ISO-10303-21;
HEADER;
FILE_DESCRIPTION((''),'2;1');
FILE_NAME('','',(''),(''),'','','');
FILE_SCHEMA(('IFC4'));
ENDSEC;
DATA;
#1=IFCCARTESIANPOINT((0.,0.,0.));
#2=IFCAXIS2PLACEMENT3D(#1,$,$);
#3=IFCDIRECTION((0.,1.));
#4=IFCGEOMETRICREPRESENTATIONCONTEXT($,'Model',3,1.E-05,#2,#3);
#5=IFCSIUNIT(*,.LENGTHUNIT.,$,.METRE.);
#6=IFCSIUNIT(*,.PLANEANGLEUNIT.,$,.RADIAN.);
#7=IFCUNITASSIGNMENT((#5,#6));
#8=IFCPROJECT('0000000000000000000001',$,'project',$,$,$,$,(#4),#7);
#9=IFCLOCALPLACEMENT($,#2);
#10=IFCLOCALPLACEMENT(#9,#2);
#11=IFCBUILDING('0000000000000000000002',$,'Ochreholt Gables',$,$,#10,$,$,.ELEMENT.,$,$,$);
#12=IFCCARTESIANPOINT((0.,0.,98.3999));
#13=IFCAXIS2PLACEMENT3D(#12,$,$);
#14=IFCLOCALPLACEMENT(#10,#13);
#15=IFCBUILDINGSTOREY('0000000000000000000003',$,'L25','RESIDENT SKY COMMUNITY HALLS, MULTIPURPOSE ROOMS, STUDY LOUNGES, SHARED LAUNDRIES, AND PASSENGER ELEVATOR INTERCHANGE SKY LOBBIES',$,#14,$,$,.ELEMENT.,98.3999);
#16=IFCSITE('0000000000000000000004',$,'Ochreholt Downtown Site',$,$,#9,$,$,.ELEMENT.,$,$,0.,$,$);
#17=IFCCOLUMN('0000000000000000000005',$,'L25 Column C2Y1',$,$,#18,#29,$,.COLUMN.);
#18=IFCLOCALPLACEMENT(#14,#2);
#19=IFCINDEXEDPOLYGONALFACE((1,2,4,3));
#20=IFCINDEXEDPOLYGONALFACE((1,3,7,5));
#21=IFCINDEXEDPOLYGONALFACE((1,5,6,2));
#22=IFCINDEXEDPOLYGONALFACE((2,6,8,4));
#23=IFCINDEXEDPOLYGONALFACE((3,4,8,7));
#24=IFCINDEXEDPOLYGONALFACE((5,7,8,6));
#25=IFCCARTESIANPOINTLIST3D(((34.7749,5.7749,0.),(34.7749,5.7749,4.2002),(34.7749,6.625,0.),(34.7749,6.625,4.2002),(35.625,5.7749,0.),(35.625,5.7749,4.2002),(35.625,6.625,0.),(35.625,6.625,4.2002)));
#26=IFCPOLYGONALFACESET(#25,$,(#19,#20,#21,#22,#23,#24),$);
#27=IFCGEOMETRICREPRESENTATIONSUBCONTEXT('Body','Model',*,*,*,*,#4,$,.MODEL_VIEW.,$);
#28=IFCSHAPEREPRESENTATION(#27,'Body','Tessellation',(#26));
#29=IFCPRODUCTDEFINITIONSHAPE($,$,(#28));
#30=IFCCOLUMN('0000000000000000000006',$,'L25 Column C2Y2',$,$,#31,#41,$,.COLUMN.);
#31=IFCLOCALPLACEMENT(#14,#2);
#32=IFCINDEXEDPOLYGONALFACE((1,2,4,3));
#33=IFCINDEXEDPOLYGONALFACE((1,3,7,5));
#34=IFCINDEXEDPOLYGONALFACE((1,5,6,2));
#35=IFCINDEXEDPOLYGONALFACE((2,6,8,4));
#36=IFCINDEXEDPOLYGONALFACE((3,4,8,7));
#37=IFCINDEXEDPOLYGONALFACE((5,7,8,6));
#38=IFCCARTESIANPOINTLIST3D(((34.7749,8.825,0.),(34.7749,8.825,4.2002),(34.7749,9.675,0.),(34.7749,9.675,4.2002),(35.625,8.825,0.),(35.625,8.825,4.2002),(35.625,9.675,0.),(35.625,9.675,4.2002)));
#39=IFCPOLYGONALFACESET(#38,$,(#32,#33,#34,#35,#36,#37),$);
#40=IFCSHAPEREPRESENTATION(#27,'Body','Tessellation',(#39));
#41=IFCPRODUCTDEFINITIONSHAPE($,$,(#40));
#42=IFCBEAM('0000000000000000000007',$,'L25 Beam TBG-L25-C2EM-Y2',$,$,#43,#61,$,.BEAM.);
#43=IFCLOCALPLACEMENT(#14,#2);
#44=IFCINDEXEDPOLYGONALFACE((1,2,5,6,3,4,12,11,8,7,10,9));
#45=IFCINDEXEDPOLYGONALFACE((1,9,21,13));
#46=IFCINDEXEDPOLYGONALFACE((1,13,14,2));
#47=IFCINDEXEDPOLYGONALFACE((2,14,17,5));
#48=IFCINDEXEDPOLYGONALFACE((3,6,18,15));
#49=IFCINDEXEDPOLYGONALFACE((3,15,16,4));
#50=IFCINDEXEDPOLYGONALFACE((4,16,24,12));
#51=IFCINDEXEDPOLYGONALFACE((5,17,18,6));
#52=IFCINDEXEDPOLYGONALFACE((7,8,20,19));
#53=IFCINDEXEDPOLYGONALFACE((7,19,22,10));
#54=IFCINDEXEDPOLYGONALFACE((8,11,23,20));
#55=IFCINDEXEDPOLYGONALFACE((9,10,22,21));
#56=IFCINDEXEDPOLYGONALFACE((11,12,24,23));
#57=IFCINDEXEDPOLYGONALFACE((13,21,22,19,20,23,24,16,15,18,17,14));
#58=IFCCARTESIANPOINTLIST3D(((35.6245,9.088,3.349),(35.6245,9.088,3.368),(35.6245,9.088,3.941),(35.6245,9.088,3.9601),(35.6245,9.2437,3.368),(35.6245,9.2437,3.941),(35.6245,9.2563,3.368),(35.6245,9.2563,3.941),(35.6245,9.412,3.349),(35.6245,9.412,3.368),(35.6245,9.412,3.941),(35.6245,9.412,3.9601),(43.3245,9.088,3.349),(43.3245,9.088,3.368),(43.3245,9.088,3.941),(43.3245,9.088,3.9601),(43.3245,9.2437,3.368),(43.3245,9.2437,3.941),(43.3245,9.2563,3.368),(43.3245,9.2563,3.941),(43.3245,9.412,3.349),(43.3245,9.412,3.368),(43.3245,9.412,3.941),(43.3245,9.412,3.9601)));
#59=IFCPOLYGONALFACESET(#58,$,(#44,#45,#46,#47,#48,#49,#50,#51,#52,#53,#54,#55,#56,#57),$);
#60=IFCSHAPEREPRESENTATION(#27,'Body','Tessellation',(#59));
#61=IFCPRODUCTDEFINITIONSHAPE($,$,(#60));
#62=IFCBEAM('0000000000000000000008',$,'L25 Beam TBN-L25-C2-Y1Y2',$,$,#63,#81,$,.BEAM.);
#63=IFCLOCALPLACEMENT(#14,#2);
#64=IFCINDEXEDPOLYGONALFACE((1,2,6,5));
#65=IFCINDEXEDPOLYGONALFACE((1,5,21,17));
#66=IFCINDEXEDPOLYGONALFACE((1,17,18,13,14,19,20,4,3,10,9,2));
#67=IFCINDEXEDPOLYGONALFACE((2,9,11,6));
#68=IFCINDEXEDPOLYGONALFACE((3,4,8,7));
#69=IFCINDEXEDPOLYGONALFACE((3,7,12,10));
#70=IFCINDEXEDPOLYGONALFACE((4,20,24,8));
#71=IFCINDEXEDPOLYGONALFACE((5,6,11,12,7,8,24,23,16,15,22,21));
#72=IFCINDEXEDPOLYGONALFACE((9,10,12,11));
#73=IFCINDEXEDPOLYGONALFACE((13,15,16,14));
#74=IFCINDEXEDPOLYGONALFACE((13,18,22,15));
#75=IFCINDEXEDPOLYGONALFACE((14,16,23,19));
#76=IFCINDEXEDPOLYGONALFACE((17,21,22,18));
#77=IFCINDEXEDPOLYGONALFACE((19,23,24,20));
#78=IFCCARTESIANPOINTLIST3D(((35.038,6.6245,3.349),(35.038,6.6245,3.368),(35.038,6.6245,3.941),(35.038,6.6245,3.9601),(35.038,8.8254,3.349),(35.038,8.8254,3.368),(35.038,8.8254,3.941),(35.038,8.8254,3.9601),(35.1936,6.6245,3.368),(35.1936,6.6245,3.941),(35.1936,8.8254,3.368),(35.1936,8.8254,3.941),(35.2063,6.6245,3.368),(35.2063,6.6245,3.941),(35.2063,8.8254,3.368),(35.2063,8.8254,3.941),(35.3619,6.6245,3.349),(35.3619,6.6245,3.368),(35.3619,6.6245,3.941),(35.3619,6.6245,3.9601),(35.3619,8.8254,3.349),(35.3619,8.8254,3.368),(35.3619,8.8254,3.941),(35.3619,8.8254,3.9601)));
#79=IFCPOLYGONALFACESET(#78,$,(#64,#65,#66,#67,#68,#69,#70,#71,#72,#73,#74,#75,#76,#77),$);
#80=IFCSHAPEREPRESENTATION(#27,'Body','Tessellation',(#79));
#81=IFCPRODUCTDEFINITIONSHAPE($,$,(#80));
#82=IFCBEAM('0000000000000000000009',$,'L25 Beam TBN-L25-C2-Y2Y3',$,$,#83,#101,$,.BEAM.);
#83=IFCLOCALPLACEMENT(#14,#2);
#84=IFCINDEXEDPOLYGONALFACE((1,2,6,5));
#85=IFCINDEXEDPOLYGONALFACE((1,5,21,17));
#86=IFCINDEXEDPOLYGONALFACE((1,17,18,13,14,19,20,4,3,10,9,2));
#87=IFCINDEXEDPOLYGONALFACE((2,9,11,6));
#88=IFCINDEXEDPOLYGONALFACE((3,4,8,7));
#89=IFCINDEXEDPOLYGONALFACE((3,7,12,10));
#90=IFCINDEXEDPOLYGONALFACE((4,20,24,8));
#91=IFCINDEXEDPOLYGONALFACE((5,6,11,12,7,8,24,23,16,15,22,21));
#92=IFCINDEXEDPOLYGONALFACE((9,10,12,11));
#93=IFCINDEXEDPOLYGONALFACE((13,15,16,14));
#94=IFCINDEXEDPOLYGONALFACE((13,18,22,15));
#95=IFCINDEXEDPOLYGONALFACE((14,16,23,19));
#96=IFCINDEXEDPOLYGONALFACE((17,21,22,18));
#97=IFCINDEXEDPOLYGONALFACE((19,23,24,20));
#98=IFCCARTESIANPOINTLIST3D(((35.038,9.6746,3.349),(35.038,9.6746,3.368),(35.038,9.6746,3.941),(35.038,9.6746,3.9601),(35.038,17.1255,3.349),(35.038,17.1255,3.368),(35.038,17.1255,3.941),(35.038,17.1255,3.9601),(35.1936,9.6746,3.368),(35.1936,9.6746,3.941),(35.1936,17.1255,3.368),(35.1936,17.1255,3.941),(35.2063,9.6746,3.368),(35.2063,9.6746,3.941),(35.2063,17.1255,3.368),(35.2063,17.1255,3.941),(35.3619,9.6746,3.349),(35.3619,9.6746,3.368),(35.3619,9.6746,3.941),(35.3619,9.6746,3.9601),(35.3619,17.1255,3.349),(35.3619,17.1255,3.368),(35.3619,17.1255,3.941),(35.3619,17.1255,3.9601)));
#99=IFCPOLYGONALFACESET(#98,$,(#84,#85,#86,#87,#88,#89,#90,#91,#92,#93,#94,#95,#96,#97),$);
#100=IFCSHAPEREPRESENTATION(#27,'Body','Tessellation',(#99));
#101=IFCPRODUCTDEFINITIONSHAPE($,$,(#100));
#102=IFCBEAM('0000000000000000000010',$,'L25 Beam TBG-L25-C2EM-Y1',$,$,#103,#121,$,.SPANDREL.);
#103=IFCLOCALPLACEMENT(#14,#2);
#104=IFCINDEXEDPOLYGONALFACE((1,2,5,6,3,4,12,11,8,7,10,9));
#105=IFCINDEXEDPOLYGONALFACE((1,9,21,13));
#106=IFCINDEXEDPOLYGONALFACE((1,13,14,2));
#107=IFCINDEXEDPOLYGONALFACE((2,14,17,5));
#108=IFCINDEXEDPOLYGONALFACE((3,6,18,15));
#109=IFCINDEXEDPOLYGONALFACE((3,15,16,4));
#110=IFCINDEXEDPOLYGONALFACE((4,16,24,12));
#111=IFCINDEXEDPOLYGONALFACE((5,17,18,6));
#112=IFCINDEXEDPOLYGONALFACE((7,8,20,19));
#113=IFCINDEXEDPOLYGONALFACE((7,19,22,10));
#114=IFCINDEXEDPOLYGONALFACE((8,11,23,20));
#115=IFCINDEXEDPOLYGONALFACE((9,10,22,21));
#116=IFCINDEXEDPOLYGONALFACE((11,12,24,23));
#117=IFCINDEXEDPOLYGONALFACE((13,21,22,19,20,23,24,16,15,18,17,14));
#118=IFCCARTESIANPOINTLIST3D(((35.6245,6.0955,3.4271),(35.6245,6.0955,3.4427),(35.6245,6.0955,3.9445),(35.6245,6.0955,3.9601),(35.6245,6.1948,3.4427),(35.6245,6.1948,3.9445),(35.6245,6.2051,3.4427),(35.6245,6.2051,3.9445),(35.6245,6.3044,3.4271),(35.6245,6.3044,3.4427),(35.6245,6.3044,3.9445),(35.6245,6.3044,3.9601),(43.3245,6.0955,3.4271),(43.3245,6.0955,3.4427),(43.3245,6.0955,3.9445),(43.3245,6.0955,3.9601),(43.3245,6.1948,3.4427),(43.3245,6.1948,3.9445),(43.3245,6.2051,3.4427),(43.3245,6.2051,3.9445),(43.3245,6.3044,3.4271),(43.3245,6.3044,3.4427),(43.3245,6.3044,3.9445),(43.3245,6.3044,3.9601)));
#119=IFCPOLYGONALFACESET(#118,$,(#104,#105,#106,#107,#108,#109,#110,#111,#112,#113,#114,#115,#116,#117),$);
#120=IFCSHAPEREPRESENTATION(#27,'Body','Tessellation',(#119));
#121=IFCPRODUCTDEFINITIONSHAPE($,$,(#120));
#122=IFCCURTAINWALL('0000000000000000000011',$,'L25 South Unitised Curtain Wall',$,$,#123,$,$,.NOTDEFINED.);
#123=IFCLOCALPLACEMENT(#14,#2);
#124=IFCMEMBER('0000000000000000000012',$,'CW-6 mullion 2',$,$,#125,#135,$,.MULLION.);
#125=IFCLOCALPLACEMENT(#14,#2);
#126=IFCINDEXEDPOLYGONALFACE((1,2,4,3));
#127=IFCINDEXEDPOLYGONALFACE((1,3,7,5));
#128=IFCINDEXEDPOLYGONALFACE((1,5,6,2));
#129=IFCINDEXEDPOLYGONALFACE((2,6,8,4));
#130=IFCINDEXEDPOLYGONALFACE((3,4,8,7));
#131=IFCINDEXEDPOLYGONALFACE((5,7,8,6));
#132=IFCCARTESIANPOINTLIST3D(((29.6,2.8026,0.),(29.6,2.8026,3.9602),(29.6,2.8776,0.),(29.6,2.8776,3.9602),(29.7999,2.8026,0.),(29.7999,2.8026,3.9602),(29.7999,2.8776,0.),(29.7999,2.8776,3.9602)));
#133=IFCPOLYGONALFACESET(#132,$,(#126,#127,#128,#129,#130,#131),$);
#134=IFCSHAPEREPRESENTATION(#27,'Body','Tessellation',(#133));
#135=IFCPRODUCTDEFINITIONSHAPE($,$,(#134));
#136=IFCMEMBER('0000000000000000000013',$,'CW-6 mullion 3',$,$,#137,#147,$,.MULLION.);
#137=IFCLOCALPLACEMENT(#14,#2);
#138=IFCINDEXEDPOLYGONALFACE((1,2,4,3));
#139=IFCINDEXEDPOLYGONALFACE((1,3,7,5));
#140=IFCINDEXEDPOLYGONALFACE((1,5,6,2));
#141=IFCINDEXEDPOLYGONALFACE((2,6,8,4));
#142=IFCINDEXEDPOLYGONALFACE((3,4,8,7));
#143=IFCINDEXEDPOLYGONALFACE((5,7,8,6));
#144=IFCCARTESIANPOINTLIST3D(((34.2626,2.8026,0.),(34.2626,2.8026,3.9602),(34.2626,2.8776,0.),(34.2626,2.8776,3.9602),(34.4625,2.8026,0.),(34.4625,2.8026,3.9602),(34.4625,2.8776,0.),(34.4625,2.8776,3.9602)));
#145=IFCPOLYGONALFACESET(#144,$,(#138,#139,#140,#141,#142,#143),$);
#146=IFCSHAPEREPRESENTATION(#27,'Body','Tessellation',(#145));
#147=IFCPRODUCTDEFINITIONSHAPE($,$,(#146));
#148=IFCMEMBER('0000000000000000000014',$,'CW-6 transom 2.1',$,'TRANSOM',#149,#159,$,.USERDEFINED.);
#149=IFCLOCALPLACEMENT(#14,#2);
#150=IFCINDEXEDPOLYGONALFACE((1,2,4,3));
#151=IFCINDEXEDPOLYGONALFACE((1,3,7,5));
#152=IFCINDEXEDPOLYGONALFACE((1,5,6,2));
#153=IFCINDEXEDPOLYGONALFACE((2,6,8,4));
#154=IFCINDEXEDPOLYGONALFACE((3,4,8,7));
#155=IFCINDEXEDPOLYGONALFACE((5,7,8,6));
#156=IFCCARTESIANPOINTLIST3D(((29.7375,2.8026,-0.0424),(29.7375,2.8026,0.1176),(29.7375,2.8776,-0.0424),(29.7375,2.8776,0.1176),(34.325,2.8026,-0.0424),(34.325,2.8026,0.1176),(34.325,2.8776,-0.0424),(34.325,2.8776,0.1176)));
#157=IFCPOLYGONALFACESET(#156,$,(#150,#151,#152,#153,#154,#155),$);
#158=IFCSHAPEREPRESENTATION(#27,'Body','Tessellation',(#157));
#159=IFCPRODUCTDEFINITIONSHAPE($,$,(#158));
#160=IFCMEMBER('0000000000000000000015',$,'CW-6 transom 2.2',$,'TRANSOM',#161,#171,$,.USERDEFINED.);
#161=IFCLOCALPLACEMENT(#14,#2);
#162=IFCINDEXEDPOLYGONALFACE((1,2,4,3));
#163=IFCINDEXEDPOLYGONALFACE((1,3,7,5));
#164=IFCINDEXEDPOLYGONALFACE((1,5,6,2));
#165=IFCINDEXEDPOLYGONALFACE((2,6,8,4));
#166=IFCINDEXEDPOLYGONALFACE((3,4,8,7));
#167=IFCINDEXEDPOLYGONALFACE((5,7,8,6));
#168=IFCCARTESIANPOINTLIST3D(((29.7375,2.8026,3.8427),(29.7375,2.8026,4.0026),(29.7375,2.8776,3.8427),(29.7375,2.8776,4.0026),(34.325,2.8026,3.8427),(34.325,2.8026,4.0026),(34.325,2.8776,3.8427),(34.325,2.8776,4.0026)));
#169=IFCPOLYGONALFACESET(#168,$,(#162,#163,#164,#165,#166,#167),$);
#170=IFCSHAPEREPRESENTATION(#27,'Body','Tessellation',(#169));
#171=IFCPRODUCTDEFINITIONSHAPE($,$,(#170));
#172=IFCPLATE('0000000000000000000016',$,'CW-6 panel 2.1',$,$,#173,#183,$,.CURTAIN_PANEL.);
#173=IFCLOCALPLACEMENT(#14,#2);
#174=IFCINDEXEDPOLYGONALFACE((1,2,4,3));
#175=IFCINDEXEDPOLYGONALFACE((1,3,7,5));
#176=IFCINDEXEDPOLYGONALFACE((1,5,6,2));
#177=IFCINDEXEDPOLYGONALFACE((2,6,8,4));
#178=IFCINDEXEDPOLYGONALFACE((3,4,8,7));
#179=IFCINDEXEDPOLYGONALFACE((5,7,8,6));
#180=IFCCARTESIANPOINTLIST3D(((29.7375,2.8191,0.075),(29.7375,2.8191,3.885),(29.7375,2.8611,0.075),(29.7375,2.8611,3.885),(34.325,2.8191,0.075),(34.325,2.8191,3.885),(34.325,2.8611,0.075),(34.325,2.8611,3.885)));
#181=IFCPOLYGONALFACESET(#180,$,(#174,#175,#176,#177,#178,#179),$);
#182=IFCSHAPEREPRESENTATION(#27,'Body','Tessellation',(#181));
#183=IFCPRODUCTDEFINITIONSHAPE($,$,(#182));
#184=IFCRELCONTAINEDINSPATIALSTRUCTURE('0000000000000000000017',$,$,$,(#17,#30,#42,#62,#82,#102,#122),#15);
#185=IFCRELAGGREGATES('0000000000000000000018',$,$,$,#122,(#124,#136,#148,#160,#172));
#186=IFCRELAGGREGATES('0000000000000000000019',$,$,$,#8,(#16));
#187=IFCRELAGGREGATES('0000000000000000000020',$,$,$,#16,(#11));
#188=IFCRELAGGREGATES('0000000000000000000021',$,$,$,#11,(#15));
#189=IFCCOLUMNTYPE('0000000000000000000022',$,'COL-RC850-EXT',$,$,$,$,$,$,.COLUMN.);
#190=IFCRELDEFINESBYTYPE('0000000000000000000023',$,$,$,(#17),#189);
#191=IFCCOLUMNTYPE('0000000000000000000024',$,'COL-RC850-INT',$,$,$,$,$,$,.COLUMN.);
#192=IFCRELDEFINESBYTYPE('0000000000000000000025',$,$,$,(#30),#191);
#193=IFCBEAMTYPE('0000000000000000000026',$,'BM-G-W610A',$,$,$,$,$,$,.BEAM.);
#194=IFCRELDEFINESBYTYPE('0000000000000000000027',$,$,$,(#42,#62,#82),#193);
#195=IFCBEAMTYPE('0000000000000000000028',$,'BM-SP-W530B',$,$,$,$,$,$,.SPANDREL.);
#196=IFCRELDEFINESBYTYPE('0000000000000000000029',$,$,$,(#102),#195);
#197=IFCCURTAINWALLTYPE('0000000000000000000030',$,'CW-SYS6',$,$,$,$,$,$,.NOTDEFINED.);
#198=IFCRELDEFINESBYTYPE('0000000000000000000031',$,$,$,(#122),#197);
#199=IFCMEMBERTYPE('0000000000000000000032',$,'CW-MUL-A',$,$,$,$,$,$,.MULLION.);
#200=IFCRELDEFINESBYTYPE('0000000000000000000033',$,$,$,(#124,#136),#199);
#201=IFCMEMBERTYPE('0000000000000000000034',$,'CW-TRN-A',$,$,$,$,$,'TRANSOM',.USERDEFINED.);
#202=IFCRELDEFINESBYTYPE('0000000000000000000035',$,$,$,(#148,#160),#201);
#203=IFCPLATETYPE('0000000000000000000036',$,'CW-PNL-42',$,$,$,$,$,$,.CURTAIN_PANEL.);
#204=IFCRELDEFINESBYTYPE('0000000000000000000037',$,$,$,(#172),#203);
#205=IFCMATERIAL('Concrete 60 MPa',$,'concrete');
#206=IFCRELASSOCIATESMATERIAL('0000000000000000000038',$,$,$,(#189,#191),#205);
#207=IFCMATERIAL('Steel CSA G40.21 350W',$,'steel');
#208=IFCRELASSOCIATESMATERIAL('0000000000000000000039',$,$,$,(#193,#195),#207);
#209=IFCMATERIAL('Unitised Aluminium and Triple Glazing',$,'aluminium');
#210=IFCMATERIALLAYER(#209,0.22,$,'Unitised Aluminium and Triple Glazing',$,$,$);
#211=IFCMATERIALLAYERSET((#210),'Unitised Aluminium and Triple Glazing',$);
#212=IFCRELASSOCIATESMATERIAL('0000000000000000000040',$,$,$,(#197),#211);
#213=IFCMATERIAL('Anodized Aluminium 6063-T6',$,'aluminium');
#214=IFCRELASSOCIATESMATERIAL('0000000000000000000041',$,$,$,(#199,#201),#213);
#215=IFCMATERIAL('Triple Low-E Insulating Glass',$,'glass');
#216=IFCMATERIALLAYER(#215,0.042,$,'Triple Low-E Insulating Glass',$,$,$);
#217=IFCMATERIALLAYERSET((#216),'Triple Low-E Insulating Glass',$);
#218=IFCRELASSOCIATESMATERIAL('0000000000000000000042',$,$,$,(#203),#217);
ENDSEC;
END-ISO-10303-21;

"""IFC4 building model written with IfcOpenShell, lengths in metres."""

from ifc_helpers import new_model, si_unit, direction, frame, origin, origin_2d, place, context, subcontext, project, spatial, rectangle, i_section, extrude, material, layer, layer_set, material_profile, profile_set, type_object, element, aggregate, save


model = new_model("IFC4")

# Units and contexts
model_context = context("Model", 3, precision=1e-05, world=origin(), true_north=direction((0.0, 1.0)))
body_context = subcontext(model_context, "Body", "Model", "MODEL_VIEW")
ifc_project = project(units=[si_unit("LENGTHUNIT", "METRE"), si_unit("PLANEANGLEUNIT", "RADIAN")], contexts=[model_context])

# Site, building, storey
site_placement = place(None, origin())
site = spatial("IfcSite", under=ifc_project, at=site_placement, Name="Ochreholt Downtown Site", CompositionType="ELEMENT", RefElevation=0.0)
building_placement = place(site_placement, origin())
building = spatial("IfcBuilding", under=site, at=building_placement, Name="Ochreholt Gables", CompositionType="ELEMENT")
storey_placement = place(building_placement, frame((0.0, 0.0, 98.3999)))
storey = spatial("IfcBuildingStorey", under=building, at=storey_placement, Name="L25", Description="RESIDENT SKY COMMUNITY HALLS, MULTIPURPOSE ROOMS, STUDY LOUNGES, SHARED LAUNDRIES, AND PASSENGER ELEVATOR INTERCHANGE SKY LOBBIES", CompositionType="ELEMENT", Elevation=98.3999)

# Columns
ifc_material_1 = material(Name="Concrete 60 MPa", Category="concrete")
ifc_material_profile_1 = material_profile(ifc_material_1, rectangle(XDim=0.8501, YDim=0.8501, at=origin_2d()), Name="RC850X850")
ifc_profile_set_1 = profile_set([ifc_material_profile_1], Name="Concrete 60 MPa")
column_type_1 = type_object("IfcColumnType", Name="COL-RC850-EXT", PredefinedType="COLUMN", material=ifc_profile_set_1)
column_1_placement = place(storey_placement, frame((35.2, 6.2, 0.0), z_axis=(0.0, 0.0, 1.0), x_axis=(1.0, 0.0, 0.0)))
element("IfcColumn", 1, at=column_1_placement, inside=storey, type_object=column_type_1, Name="L25 Column C2Y1", PredefinedType="COLUMN", context=body_context, shape_type="SweptSolid", body=[
    extrude(rectangle(XDim=0.8501, YDim=0.8501, at=origin_2d()), origin(), (0.0, 0.0, 1.0), 4.2002),
])
ifc_material_profile_2 = material_profile(ifc_material_1, rectangle(XDim=0.8501, YDim=0.8501, at=origin_2d()), Name="RC850X850")
ifc_profile_set_2 = profile_set([ifc_material_profile_2], Name="Concrete 60 MPa")
column_type_2 = type_object("IfcColumnType", Name="COL-RC850-INT", PredefinedType="COLUMN", material=ifc_profile_set_2)
column_2_placement = place(storey_placement, frame((35.2, 9.25, 0.0), z_axis=(0.0, 0.0, 1.0), x_axis=(1.0, 0.0, 0.0)))
element("IfcColumn", 2, at=column_2_placement, inside=storey, type_object=column_type_2, Name="L25 Column C2Y2", PredefinedType="COLUMN", context=body_context, shape_type="SweptSolid", body=[
    extrude(rectangle(XDim=0.8501, YDim=0.8501, at=origin_2d()), origin(), (0.0, 0.0, 1.0), 4.2002),
])

# Beams
ifc_material_2 = material(Name="Steel CSA G40.21 350W", Category="steel")
ifc_material_profile_3 = material_profile(ifc_material_2, i_section(OverallWidth=0.324, OverallDepth=0.6111, WebThickness=0.0127, FlangeThickness=0.019, at=origin_2d()), Name="W610X155")
ifc_profile_set_3 = profile_set([ifc_material_profile_3], Name="Steel CSA G40.21 350W")
beam_type_1 = type_object("IfcBeamType", Name="BM-G-W610A", PredefinedType="BEAM", material=ifc_profile_set_3)
beam_1_placement = place(storey_placement, frame((35.6245, 9.25, 3.6545), z_axis=(1.0, 0.0, 0.0), x_axis=(0.0, 1.0, 0.0)))
element("IfcBeam", 3, at=beam_1_placement, inside=storey, type_object=beam_type_1, Name="L25 Beam TBG-L25-C2EM-Y2", PredefinedType="BEAM", context=body_context, shape_type="SweptSolid", body=[
    extrude(i_section(OverallWidth=0.324, OverallDepth=0.6111, WebThickness=0.0127, FlangeThickness=0.019, at=origin_2d()), origin(), (0.0, 0.0, 1.0), 7.7),
])
beam_2_placement = place(storey_placement, frame((35.2, 6.6245, 3.6545), z_axis=(0.0, 1.0, 0.0), x_axis=(-1.0, 0.0, 0.0)))
element("IfcBeam", 4, at=beam_2_placement, inside=storey, type_object=beam_type_1, Name="L25 Beam TBN-L25-C2-Y1Y2", PredefinedType="BEAM", context=body_context, shape_type="SweptSolid", body=[
    extrude(i_section(OverallWidth=0.324, OverallDepth=0.6111, WebThickness=0.0127, FlangeThickness=0.019, at=origin_2d()), origin(), (0.0, 0.0, 1.0), 2.2009),
])
beam_3_placement = place(storey_placement, frame((35.2, 9.6746, 3.6545), z_axis=(0.0, 1.0, 0.0), x_axis=(-1.0, 0.0, 0.0)))
element("IfcBeam", 5, at=beam_3_placement, inside=storey, type_object=beam_type_1, Name="L25 Beam TBN-L25-C2-Y2Y3", PredefinedType="BEAM", context=body_context, shape_type="SweptSolid", body=[
    extrude(i_section(OverallWidth=0.324, OverallDepth=0.6111, WebThickness=0.0127, FlangeThickness=0.019, at=origin_2d()), origin(), (0.0, 0.0, 1.0), 7.4509),
])
ifc_material_profile_4 = material_profile(ifc_material_2, i_section(OverallWidth=0.209, OverallDepth=0.533, WebThickness=0.0103, FlangeThickness=0.0156, at=origin_2d()), Name="W530X92")
ifc_profile_set_4 = profile_set([ifc_material_profile_4], Name="Steel CSA G40.21 350W")
beam_type_2 = type_object("IfcBeamType", Name="BM-SP-W530B", PredefinedType="SPANDREL", material=ifc_profile_set_4)
beam_4_placement = place(storey_placement, frame((35.6245, 6.2, 3.6936), z_axis=(1.0, 0.0, 0.0), x_axis=(0.0, 1.0, 0.0)))
element("IfcBeam", 6, at=beam_4_placement, inside=storey, type_object=beam_type_2, Name="L25 Beam TBG-L25-C2EM-Y1", PredefinedType="SPANDREL", context=body_context, shape_type="SweptSolid", body=[
    extrude(i_section(OverallWidth=0.209, OverallDepth=0.533, WebThickness=0.0103, FlangeThickness=0.0156, at=origin_2d()), origin(), (0.0, 0.0, 1.0), 7.7),
])

# Curtain wall, members, plate
ifc_material_3 = material(Name="Unitised Aluminium and Triple Glazing", Category="aluminium")
ifc_layer_1 = layer(ifc_material_3, 0.22, Name="Unitised Aluminium and Triple Glazing")
ifc_layer_set_1 = layer_set([ifc_layer_1], Name="Unitised Aluminium and Triple Glazing")
curtain_wall_type = type_object("IfcCurtainWallType", Name="CW-SYS6", PredefinedType="NOTDEFINED", material=ifc_layer_set_1)
curtain_wall_placement = place(storey_placement, origin())
curtain_wall = element("IfcCurtainWall", 7, at=curtain_wall_placement, inside=storey, type_object=curtain_wall_type, Name="L25 South Unitised Curtain Wall", PredefinedType="NOTDEFINED")
ifc_material_4 = material(Name="Anodized Aluminium 6063-T6", Category="aluminium")
ifc_material_profile_5 = material_profile(ifc_material_4, rectangle(XDim=0.075, YDim=0.2, at=origin_2d()), Name="CWM75X200")
ifc_profile_set_5 = profile_set([ifc_material_profile_5], Name="Anodized Aluminium 6063-T6")
member_type_1 = type_object("IfcMemberType", Name="CW-MUL-A", PredefinedType="MULLION", material=ifc_profile_set_5)
member_1_placement = place(storey_placement, frame((29.7, 2.8401, 0.0), z_axis=(0.0, 0.0, 1.0), x_axis=(0.0, 1.0, 0.0)))
member_1 = element("IfcMember", 8, at=member_1_placement, type_object=member_type_1, Name="CW-6 mullion 2", PredefinedType="MULLION", context=body_context, shape_type="SweptSolid", body=[
    extrude(rectangle(XDim=0.075, YDim=0.2, at=origin_2d()), origin(), (0.0, 0.0, 1.0), 3.9602),
])
member_2_placement = place(storey_placement, frame((34.3625, 2.8401, 0.0), z_axis=(0.0, 0.0, 1.0), x_axis=(0.0, 1.0, 0.0)))
member_2 = element("IfcMember", 9, at=member_2_placement, type_object=member_type_1, Name="CW-6 mullion 3", PredefinedType="MULLION", context=body_context, shape_type="SweptSolid", body=[
    extrude(rectangle(XDim=0.075, YDim=0.2, at=origin_2d()), origin(), (0.0, 0.0, 1.0), 3.9602),
])
ifc_material_profile_6 = material_profile(ifc_material_4, rectangle(XDim=0.075, YDim=0.1599, at=origin_2d()), Name="CWT75X160")
ifc_profile_set_6 = profile_set([ifc_material_profile_6], Name="Anodized Aluminium 6063-T6")
member_type_2 = type_object("IfcMemberType", Name="CW-TRN-A", ElementType="TRANSOM", PredefinedType="USERDEFINED", material=ifc_profile_set_6)
member_3_placement = place(storey_placement, frame((29.7375, 2.8401, 0.0376), z_axis=(1.0, 0.0, 0.0), x_axis=(0.0, 1.0, 0.0)))
member_3 = element("IfcMember", 10, at=member_3_placement, type_object=member_type_2, Name="CW-6 transom 2.1", ObjectType="TRANSOM", PredefinedType="USERDEFINED", context=body_context, shape_type="SweptSolid", body=[
    extrude(rectangle(XDim=0.075, YDim=0.1599, at=origin_2d()), origin(), (0.0, 0.0, 1.0), 4.5874),
])
member_4_placement = place(storey_placement, frame((29.7375, 2.8401, 3.9226), z_axis=(1.0, 0.0, 0.0), x_axis=(0.0, 1.0, 0.0)))
member_4 = element("IfcMember", 11, at=member_4_placement, type_object=member_type_2, Name="CW-6 transom 2.2", ObjectType="TRANSOM", PredefinedType="USERDEFINED", context=body_context, shape_type="SweptSolid", body=[
    extrude(rectangle(XDim=0.075, YDim=0.1599, at=origin_2d()), origin(), (0.0, 0.0, 1.0), 4.5874),
])
ifc_material_5 = material(Name="Triple Low-E Insulating Glass", Category="glass")
ifc_layer_2 = layer(ifc_material_5, 0.042, Name="Triple Low-E Insulating Glass")
ifc_layer_set_2 = layer_set([ifc_layer_2], Name="Triple Low-E Insulating Glass")
plate_type = type_object("IfcPlateType", Name="CW-PNL-42", PredefinedType="CURTAIN_PANEL", material=ifc_layer_set_2)
plate_placement = place(storey_placement, frame((32.0312, 2.8401, 0.075), z_axis=(0.0, 0.0, 1.0), x_axis=(1.0, 0.0, 0.0)))
plate = element("IfcPlate", 12, at=plate_placement, type_object=plate_type, Name="CW-6 panel 2.1", PredefinedType="CURTAIN_PANEL", context=body_context, shape_type="SweptSolid", body=[
    extrude(rectangle(XDim=4.5874, YDim=0.042, at=origin_2d()), origin(), (0.0, 0.0, 1.0), 3.8101),
])
aggregate(curtain_wall, [member_1, member_2, member_3, member_4, plate])

save(model, "model.ifc")
